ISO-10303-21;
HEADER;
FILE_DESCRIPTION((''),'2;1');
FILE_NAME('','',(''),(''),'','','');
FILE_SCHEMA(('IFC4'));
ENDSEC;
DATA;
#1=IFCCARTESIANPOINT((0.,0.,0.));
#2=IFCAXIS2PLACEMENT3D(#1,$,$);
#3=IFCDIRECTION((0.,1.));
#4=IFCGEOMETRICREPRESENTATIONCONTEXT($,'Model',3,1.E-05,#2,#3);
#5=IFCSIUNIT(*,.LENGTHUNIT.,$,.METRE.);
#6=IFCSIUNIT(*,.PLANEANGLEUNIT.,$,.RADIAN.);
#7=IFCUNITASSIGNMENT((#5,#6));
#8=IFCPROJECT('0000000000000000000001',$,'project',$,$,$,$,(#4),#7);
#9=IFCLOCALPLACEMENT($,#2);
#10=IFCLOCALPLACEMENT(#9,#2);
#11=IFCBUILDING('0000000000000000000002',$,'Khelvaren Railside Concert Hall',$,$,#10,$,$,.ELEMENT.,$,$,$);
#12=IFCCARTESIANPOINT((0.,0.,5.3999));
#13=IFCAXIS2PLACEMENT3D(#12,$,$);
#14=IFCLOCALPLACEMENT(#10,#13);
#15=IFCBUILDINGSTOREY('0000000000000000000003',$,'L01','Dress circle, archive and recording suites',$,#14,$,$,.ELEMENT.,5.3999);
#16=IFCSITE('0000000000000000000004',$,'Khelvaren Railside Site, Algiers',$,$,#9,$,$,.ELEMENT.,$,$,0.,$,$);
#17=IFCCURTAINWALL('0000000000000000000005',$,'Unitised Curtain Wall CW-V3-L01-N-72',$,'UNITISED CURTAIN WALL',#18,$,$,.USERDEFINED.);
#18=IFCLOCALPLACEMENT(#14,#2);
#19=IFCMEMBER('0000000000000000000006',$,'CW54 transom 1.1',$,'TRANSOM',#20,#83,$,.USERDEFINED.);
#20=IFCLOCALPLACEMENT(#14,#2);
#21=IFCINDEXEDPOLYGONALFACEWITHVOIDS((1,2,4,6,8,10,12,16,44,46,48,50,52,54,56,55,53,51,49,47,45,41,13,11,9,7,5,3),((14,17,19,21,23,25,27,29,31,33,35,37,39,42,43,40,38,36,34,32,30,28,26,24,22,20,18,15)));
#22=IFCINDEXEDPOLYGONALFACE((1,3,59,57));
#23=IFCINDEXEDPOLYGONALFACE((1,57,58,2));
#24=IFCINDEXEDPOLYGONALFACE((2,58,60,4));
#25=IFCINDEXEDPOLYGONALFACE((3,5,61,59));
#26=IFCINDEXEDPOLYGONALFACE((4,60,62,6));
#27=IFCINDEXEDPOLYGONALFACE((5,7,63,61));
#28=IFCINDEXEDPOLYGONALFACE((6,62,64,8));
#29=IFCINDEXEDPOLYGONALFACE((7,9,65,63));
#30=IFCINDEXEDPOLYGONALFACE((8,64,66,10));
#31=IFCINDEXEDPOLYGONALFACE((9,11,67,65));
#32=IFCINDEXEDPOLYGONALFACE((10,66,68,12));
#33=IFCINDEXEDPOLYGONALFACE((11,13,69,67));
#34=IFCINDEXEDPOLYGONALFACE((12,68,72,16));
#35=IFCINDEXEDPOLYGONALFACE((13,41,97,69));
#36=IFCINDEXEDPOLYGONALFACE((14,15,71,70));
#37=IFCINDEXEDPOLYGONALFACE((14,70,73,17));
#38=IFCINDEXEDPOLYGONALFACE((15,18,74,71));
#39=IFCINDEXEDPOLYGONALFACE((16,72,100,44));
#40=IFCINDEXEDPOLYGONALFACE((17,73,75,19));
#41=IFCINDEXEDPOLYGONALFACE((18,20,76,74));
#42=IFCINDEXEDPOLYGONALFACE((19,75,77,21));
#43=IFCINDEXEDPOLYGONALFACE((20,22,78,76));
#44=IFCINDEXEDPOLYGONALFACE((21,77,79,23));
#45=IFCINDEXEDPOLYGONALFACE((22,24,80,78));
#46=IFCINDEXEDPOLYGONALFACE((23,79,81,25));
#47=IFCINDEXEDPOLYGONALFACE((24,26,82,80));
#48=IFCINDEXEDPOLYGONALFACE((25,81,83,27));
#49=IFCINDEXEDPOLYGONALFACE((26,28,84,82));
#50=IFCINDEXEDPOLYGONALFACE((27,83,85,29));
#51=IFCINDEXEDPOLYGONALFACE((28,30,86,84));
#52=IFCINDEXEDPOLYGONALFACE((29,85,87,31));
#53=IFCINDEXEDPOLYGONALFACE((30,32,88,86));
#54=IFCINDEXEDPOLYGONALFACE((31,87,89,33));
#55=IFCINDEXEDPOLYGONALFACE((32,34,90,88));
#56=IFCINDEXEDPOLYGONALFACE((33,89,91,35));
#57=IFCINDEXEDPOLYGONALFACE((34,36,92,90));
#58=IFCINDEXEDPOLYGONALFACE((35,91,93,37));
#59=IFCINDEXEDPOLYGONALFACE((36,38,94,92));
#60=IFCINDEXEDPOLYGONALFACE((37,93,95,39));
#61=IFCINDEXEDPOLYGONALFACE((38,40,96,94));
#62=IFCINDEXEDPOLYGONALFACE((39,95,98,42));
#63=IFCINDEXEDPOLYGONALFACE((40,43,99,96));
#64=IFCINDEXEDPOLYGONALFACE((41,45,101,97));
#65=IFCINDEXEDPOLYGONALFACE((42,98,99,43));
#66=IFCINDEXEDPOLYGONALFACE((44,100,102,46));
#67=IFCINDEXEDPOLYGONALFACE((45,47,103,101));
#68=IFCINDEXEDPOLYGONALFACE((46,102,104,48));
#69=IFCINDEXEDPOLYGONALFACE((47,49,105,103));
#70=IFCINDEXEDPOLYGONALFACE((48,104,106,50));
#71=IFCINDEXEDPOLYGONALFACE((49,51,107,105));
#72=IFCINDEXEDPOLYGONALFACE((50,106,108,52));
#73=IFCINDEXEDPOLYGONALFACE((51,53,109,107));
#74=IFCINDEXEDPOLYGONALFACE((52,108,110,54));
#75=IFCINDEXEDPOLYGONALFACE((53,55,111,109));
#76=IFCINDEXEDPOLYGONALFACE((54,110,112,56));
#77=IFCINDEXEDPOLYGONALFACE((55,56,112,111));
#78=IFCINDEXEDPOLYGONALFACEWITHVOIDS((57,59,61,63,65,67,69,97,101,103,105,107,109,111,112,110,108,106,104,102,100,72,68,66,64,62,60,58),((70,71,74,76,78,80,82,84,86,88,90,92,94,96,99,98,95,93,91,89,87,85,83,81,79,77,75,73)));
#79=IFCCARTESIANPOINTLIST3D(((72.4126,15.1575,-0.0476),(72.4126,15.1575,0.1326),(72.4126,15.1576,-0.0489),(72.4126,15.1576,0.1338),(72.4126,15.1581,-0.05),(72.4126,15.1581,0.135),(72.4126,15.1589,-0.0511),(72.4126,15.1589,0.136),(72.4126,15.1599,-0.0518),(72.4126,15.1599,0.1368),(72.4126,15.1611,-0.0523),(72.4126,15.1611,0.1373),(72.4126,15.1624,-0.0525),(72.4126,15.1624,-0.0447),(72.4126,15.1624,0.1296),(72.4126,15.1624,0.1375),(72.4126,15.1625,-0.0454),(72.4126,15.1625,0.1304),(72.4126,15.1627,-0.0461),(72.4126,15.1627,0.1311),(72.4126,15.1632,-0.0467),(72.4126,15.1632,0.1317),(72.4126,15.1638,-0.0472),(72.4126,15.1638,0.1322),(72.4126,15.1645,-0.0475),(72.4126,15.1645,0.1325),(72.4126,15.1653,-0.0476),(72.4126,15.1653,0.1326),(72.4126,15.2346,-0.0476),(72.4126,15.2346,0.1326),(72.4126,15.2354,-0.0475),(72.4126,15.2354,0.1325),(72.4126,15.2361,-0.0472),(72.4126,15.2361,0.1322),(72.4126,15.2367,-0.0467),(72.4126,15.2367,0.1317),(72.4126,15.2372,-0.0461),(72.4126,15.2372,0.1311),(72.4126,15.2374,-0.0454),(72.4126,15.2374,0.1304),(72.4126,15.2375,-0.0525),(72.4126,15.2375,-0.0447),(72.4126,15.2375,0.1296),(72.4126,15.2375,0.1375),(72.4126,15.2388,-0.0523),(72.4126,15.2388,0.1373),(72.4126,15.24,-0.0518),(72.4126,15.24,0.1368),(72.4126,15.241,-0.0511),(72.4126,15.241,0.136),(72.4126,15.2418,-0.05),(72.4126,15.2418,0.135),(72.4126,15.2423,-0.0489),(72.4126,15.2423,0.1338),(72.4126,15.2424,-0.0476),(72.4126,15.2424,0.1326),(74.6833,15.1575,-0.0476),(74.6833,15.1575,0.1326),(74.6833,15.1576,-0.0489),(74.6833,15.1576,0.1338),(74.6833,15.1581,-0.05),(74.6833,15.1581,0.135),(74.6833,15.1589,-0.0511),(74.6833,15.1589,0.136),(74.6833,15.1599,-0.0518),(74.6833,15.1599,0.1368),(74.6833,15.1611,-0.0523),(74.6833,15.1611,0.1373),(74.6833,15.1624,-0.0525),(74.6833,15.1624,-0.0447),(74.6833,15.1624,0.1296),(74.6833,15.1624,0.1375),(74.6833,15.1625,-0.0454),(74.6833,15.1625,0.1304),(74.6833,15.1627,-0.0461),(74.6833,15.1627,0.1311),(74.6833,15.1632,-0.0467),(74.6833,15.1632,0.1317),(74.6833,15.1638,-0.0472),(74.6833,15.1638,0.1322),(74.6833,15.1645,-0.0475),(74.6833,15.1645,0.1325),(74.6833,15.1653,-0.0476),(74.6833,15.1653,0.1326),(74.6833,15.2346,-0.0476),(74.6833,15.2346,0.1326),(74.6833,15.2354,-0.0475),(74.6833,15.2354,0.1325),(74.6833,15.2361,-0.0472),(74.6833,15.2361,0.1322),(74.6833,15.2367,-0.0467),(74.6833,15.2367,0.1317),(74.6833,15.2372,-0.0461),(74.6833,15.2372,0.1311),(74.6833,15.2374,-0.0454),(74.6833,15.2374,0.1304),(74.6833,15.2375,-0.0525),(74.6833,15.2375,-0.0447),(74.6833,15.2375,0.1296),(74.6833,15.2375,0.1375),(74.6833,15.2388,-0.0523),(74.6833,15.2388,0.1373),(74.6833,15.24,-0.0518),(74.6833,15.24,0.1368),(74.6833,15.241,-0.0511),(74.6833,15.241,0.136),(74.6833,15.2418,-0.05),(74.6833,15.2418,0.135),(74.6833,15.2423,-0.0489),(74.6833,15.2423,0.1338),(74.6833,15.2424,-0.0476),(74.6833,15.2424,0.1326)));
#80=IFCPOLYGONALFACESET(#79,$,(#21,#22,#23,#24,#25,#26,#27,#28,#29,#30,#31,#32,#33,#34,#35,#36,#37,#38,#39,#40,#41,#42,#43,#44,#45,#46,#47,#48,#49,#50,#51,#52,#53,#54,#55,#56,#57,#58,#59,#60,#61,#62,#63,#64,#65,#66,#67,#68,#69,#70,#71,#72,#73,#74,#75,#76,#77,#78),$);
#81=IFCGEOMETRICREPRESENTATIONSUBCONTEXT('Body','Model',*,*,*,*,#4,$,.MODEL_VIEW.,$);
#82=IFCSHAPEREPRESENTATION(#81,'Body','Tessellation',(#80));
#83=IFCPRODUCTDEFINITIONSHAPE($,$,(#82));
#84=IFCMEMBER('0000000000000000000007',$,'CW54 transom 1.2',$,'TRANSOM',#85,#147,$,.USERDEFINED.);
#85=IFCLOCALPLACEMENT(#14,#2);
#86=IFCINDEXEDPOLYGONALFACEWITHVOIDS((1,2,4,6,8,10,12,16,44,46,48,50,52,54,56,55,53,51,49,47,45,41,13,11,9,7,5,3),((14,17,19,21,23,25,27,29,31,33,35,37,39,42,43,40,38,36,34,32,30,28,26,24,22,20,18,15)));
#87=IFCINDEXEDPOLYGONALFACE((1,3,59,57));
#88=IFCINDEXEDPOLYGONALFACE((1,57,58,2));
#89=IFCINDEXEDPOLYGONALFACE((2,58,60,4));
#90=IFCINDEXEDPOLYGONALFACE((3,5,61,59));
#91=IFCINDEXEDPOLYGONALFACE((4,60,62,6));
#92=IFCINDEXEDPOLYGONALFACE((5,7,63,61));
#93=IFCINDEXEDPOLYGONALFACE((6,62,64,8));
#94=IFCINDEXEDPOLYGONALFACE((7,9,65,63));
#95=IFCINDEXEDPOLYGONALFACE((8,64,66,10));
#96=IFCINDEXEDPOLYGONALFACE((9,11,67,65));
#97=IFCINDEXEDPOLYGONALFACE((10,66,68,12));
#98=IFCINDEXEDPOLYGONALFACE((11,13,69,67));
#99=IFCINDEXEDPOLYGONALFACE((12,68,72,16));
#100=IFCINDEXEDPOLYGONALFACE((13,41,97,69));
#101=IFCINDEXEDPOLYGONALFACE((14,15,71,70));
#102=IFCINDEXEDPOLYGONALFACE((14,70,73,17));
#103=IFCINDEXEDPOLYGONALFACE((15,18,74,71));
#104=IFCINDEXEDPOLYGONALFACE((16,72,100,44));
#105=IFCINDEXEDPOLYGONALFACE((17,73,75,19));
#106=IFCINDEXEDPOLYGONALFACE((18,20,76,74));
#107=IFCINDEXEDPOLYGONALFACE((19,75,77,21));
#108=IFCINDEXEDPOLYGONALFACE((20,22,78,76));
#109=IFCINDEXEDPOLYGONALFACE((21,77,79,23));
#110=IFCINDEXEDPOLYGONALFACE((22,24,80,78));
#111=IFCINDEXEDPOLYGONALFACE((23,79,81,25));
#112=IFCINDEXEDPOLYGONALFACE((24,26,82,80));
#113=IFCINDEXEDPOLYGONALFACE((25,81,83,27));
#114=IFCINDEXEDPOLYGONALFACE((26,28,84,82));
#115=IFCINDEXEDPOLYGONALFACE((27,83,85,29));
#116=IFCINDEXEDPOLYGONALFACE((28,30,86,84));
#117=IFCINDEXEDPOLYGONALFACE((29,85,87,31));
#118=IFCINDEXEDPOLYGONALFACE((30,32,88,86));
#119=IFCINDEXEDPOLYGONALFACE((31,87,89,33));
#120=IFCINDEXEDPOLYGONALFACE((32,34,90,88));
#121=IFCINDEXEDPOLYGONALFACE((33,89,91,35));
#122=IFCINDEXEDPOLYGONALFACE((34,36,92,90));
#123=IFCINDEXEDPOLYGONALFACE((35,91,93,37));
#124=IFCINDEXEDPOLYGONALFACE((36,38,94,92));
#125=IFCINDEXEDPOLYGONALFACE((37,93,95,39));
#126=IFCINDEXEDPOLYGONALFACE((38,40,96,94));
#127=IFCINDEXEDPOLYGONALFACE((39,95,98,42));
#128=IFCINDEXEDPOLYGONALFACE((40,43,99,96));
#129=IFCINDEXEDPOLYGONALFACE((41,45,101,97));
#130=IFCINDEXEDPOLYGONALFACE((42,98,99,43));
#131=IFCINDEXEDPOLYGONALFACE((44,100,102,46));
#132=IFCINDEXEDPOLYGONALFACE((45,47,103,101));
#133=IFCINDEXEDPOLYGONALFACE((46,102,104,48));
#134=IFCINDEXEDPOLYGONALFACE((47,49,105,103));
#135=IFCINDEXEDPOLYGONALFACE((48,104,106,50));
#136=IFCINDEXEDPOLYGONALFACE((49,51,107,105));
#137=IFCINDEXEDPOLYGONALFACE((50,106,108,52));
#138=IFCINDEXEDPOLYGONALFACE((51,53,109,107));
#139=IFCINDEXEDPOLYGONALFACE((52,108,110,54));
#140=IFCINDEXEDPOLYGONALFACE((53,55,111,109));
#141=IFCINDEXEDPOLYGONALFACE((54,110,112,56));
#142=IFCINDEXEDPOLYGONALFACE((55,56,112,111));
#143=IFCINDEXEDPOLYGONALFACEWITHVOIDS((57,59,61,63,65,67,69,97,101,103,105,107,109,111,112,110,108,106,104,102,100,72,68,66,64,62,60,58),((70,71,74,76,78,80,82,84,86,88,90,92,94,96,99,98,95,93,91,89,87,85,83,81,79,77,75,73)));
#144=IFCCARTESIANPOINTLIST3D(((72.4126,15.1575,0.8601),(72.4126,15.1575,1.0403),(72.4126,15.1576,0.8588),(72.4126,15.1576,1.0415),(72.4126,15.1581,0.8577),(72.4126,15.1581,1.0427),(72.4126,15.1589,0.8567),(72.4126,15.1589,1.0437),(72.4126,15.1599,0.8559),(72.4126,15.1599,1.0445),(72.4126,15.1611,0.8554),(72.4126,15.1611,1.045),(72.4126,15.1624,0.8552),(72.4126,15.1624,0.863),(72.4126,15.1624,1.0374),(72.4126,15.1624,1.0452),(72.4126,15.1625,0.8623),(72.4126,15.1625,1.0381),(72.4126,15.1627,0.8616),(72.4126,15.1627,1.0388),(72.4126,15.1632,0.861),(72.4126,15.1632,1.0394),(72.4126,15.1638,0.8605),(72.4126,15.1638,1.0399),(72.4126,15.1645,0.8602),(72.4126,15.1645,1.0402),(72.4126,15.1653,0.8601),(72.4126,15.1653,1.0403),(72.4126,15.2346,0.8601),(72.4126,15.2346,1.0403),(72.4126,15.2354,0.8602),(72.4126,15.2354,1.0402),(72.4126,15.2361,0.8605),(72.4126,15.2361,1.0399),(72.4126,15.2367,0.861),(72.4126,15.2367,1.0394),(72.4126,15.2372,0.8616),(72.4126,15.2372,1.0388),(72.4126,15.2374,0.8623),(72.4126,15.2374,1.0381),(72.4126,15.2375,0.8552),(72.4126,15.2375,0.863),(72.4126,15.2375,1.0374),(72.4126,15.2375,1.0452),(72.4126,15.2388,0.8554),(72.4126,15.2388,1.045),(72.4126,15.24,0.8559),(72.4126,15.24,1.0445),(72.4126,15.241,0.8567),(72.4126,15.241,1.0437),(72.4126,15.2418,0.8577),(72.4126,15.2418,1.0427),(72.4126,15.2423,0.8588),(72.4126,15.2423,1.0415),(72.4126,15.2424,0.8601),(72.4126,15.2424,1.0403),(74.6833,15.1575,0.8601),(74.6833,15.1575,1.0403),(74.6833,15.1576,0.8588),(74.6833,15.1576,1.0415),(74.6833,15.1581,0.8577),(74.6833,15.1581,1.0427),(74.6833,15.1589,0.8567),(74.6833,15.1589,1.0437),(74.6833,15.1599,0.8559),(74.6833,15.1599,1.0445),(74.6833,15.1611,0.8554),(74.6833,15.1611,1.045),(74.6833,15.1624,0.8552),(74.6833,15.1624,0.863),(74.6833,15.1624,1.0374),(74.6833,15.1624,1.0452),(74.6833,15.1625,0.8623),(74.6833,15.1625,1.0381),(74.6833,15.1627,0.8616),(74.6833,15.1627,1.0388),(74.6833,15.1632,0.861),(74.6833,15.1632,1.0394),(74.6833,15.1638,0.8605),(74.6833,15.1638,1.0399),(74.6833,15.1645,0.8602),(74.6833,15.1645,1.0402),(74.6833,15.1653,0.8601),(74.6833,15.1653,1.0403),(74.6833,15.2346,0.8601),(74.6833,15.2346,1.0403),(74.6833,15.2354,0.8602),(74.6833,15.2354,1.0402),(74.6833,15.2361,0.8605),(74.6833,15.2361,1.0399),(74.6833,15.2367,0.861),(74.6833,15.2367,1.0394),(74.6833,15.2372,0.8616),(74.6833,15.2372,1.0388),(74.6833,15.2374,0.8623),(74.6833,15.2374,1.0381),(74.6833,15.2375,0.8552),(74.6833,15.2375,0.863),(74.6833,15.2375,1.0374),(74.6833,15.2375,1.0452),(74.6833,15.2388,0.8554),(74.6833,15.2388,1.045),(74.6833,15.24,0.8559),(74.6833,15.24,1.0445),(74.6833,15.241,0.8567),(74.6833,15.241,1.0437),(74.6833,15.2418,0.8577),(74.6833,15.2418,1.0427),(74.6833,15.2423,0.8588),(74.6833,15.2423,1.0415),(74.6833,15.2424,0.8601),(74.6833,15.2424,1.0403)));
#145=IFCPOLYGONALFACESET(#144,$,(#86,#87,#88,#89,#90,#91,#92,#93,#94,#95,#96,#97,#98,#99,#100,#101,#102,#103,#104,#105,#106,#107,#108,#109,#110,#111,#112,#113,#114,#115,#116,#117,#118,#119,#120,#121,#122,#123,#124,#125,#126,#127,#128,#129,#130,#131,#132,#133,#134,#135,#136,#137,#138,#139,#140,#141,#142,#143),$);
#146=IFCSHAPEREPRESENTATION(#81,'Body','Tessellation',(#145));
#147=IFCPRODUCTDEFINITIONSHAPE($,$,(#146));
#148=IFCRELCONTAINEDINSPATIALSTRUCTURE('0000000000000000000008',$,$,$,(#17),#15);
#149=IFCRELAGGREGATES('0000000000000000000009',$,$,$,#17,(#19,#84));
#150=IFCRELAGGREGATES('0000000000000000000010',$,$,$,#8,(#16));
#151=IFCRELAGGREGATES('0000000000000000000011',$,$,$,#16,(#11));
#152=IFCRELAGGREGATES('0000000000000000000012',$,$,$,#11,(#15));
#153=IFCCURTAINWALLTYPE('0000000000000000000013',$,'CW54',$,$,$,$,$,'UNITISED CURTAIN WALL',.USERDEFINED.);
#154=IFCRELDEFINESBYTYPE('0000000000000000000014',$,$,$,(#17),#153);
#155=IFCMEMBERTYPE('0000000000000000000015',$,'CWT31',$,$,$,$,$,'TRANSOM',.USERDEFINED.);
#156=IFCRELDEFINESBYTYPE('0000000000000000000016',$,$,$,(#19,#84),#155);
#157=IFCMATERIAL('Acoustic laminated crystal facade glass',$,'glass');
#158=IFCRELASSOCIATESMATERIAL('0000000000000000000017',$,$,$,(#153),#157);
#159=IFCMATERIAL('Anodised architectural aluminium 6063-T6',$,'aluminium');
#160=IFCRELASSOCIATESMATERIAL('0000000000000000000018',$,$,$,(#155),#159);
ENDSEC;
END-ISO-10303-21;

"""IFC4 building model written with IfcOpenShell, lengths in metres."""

from ifc_helpers import new_model, si_unit, direction, frame, origin, origin_2d, place, context, subcontext, project, spatial, hollow_rectangle, extrude, material, material_profile, profile_set, type_object, element, aggregate, save


model = new_model("IFC4")

# Units and contexts
model_context = context("Model", 3, precision=1e-05, world=origin(), true_north=direction((0.0, 1.0)))
body_context = subcontext(model_context, "Body", "Model", "MODEL_VIEW")
ifc_project = project(units=[si_unit("LENGTHUNIT", "METRE"), si_unit("PLANEANGLEUNIT", "RADIAN")], contexts=[model_context])

# Site, building, storey
site_placement = place(None, origin())
site = spatial("IfcSite", under=ifc_project, at=site_placement, Name="Khelvaren Railside Site, Algiers", CompositionType="ELEMENT", RefElevation=0.0)
building_placement = place(site_placement, origin())
building = spatial("IfcBuilding", under=site, at=building_placement, Name="Khelvaren Railside Concert Hall", CompositionType="ELEMENT")
storey_placement = place(building_placement, frame((0.0, 0.0, 5.3999)))
storey = spatial("IfcBuildingStorey", under=building, at=storey_placement, Name="L01", Description="Dress circle, archive and recording suites", CompositionType="ELEMENT", Elevation=5.3999)

# Shared definitions
ifc_material_1 = material(Name="Acoustic laminated crystal facade glass", Category="glass")
ifc_material_2 = material(Name="Anodised architectural aluminium 6063-T6", Category="aluminium")

# Curtain wall, members
curtain_wall_type_1 = type_object("IfcCurtainWallType", Name="CW54", ElementType="UNITISED CURTAIN WALL", PredefinedType="USERDEFINED", material=ifc_material_1)
curtain_wall_1_placement = place(storey_placement, origin())
curtain_wall_1 = element("IfcCurtainWall", 1, at=curtain_wall_1_placement, inside=storey, type_object=curtain_wall_type_1, Name="Unitised Curtain Wall CW-V3-L01-N-72", ObjectType="UNITISED CURTAIN WALL", PredefinedType="USERDEFINED")
ifc_material_profile_1 = material_profile(ifc_material_2, hollow_rectangle(XDim=0.085, YDim=0.1899, WallThickness=0.0049, InnerFilletRadius=0.0029, OuterFilletRadius=0.0049, at=origin_2d()), Name="CWT 85x190x5")
ifc_profile_set_1 = profile_set([ifc_material_profile_1], Name="Anodised architectural aluminium 6063-T6")
member_type_1 = type_object("IfcMemberType", Name="CWT31", ElementType="TRANSOM", PredefinedType="USERDEFINED", material=ifc_profile_set_1)
member_1_placement = place(storey_placement, frame((72.4126, 15.2, 0.0425), z_axis=(1.0, 0.0, 0.0), x_axis=(0.0, 1.0, 0.0)))
member_1 = element("IfcMember", 2, at=member_1_placement, type_object=member_type_1, Name="CW54 transom 1.1", ObjectType="TRANSOM", PredefinedType="USERDEFINED", context=body_context, shape_type="SweptSolid", body=[
    extrude(hollow_rectangle(XDim=0.085, YDim=0.1899, WallThickness=0.0049, InnerFilletRadius=0.0029, OuterFilletRadius=0.0049, at=origin_2d()), origin(), (0.0, 0.0, 1.0), 2.2708),
])
member_2_placement = place(storey_placement, frame((72.4126, 15.2, 0.9502), z_axis=(1.0, 0.0, 0.0), x_axis=(0.0, 1.0, 0.0)))
member_2 = element("IfcMember", 3, at=member_2_placement, type_object=member_type_1, Name="CW54 transom 1.2", ObjectType="TRANSOM", PredefinedType="USERDEFINED", context=body_context, shape_type="SweptSolid", body=[
    extrude(hollow_rectangle(XDim=0.085, YDim=0.1899, WallThickness=0.0049, InnerFilletRadius=0.0029, OuterFilletRadius=0.0049, at=origin_2d()), origin(), (0.0, 0.0, 1.0), 2.2708),
])

aggregate(curtain_wall_1, [member_1, member_2])

save(model, "model.ifc")
